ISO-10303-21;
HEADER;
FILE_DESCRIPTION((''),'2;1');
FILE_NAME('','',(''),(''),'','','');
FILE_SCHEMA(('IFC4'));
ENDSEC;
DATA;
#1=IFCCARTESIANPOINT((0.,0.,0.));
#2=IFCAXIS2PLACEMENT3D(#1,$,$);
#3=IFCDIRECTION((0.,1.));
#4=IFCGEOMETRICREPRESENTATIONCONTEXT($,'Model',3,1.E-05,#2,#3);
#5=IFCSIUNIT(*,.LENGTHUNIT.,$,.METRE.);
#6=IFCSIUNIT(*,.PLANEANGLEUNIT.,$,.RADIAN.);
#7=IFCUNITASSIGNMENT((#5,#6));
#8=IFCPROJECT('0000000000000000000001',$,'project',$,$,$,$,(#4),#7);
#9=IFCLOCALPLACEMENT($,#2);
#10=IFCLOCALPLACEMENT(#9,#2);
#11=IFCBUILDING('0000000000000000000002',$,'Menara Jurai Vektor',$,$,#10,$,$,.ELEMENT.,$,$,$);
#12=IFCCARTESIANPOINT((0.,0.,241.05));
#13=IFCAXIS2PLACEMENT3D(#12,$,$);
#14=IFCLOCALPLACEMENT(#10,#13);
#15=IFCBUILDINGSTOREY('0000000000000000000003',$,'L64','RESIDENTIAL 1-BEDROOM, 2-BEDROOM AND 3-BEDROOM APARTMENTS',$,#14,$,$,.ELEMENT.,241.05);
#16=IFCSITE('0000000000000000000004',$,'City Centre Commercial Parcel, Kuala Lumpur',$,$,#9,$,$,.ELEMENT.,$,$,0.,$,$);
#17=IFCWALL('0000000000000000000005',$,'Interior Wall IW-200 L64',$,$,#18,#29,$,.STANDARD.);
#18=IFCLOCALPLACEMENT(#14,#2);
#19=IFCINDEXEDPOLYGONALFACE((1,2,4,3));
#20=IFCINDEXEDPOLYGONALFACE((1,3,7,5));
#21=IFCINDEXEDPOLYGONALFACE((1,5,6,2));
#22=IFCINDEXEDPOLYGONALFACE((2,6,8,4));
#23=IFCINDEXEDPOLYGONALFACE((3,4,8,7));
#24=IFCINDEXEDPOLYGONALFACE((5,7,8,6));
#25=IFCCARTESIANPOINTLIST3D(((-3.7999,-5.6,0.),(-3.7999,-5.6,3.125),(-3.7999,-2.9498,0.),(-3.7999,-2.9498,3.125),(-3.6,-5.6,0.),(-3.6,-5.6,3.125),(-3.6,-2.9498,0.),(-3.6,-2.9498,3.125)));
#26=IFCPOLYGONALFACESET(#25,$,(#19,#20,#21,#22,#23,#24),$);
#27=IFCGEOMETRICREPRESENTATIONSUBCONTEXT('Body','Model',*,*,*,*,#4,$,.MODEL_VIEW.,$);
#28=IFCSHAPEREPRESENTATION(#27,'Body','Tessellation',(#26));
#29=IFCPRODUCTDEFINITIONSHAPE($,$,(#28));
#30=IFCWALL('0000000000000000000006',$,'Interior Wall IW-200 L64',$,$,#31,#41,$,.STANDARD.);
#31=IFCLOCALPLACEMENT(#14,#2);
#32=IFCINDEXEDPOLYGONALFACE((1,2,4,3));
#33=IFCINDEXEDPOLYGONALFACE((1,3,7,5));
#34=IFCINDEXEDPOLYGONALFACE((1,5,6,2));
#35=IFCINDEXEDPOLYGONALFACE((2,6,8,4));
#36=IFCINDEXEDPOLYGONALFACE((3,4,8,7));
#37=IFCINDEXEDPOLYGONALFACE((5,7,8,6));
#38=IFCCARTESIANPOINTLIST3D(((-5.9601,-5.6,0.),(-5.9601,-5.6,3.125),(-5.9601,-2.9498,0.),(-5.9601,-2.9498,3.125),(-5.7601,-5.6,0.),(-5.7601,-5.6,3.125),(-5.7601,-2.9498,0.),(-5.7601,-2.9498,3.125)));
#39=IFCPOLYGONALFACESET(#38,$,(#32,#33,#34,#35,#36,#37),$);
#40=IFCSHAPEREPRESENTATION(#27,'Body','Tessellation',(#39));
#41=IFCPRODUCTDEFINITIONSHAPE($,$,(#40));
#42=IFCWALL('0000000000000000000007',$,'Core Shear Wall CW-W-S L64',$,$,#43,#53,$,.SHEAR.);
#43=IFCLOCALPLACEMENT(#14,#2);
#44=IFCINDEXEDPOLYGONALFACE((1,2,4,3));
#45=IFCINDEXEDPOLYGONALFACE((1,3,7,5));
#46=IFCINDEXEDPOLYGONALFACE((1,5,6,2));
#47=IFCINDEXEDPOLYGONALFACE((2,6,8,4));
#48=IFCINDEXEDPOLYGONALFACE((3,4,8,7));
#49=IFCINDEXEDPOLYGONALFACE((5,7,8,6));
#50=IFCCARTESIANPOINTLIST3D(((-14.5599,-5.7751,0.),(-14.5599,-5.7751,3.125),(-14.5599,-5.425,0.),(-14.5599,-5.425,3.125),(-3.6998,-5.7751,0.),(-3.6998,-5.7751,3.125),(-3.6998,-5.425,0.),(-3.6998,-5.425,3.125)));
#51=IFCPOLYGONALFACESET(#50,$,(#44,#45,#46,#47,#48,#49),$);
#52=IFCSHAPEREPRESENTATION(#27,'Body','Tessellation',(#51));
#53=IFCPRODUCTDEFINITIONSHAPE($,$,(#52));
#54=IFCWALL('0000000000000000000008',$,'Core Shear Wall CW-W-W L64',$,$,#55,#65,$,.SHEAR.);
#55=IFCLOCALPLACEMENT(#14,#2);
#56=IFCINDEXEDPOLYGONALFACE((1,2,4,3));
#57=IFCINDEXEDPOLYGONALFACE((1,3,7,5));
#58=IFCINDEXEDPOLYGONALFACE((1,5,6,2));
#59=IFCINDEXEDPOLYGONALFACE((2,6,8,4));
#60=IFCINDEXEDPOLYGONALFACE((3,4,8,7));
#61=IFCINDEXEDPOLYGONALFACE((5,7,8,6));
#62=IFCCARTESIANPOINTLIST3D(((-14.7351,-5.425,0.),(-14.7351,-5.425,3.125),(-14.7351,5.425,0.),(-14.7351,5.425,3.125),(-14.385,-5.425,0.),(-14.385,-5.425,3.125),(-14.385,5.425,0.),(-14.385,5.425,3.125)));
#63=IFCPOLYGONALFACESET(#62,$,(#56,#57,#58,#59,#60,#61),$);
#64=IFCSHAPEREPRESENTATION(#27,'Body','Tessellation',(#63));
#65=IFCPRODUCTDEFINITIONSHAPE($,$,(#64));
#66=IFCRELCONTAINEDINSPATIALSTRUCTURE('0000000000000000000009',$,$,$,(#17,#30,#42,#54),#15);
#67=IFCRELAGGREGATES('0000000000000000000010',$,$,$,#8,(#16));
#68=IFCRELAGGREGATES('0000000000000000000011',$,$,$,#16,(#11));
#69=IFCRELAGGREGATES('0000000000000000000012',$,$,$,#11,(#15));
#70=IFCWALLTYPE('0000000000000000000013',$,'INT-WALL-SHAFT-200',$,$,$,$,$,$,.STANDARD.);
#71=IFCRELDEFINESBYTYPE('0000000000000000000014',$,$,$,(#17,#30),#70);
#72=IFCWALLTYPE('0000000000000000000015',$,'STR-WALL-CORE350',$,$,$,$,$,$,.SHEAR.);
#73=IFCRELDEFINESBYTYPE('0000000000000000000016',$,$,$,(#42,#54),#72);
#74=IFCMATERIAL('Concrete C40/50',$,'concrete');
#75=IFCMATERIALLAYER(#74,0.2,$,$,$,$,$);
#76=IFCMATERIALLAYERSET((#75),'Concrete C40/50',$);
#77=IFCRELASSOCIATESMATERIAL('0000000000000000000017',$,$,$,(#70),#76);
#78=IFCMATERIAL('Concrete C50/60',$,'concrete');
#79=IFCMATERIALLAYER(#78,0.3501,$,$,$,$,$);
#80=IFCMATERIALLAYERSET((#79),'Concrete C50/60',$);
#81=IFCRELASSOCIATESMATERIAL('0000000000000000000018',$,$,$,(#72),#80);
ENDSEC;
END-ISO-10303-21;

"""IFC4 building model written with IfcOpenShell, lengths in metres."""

from ifc_helpers import new_model, si_unit, direction, frame, frame_2d, origin, place, context, subcontext, project, spatial, rectangle, extrude, material, layer, layer_set, type_object, element, save


model = new_model("IFC4")

# Units and contexts
model_context = context("Model", 3, precision=1e-05, world=origin(), true_north=direction((0.0, 1.0)))
body_context = subcontext(model_context, "Body", "Model", "MODEL_VIEW")
ifc_project = project(units=[si_unit("LENGTHUNIT", "METRE"), si_unit("PLANEANGLEUNIT", "RADIAN")], contexts=[model_context])

# Site, building, storey
site_placement = place(None, origin())
site = spatial("IfcSite", under=ifc_project, at=site_placement, Name="City Centre Commercial Parcel, Kuala Lumpur", CompositionType="ELEMENT", RefElevation=0.0)
building_placement = place(site_placement, origin())
building = spatial("IfcBuilding", under=site, at=building_placement, Name="Menara Jurai Vektor", CompositionType="ELEMENT")
storey_placement = place(building_placement, frame((0.0, 0.0, 241.05)))
storey = spatial("IfcBuildingStorey", under=building, at=storey_placement, Name="L64", Description="RESIDENTIAL 1-BEDROOM, 2-BEDROOM AND 3-BEDROOM APARTMENTS", CompositionType="ELEMENT", Elevation=241.05)

# Shared definitions
ifc_material_1 = material(Name="Concrete C50/60", Category="concrete")

# Wall
ifc_material_2 = material(Name="Concrete C40/50", Category="concrete")
ifc_layer_1 = layer(ifc_material_2, 0.2)
ifc_layer_set_1 = layer_set([ifc_layer_1], Name="Concrete C40/50")
wall_type_1 = type_object("IfcWallType", Name="INT-WALL-SHAFT-200", PredefinedType="STANDARD", material=ifc_layer_set_1)
wall_1_placement = place(storey_placement, frame((-3.7, -5.6001, 0.0), z_axis=(0.0, 0.0, 1.0), x_axis=(0.0, 1.0, 0.0)))
element("IfcWall", 1, at=wall_1_placement, inside=storey, type_object=wall_type_1, Name="Interior Wall IW-200 L64", PredefinedType="STANDARD", context=body_context, shape_type="SweptSolid", body=[
    extrude(rectangle(XDim=2.6501, YDim=0.2, at=frame_2d((1.3252, 0.0))), origin(), (0.0, 0.0, 1.0), 3.125),
])

# Walls
wall_2_placement = place(storey_placement, frame((-5.8601, -5.6001, 0.0), z_axis=(0.0, 0.0, 1.0), x_axis=(0.0, 1.0, 0.0)))
element("IfcWall", 2, at=wall_2_placement, inside=storey, type_object=wall_type_1, Name="Interior Wall IW-200 L64", PredefinedType="STANDARD", context=body_context, shape_type="SweptSolid", body=[
    extrude(rectangle(XDim=2.6501, YDim=0.2, at=frame_2d((1.3252, 0.0))), origin(), (0.0, 0.0, 1.0), 3.125),
])
ifc_layer_2 = layer(ifc_material_1, 0.3501)
ifc_layer_set_2 = layer_set([ifc_layer_2], Name="Concrete C50/60")
wall_type_2 = type_object("IfcWallType", Name="STR-WALL-CORE350", PredefinedType="SHEAR", material=ifc_layer_set_2)
wall_3_placement = place(storey_placement, frame((-14.5601, -5.6001, 0.0), z_axis=(0.0, 0.0, 1.0), x_axis=(1.0, 0.0, 0.0)))
element("IfcWall", 3, at=wall_3_placement, inside=storey, type_object=wall_type_2, Name="Core Shear Wall CW-W-S L64", PredefinedType="SHEAR", context=body_context, shape_type="SweptSolid", body=[
    extrude(rectangle(XDim=10.8601, YDim=0.3501, at=frame_2d((5.4302, 0.0))), origin(), (0.0, 0.0, 1.0), 3.125),
])
wall_4_placement = place(storey_placement, frame((-14.5601, -5.425, 0.0), z_axis=(0.0, 0.0, 1.0), x_axis=(0.0, 1.0, 0.0)))
element("IfcWall", 4, at=wall_4_placement, inside=storey, type_object=wall_type_2, Name="Core Shear Wall CW-W-W L64", PredefinedType="SHEAR", context=body_context, shape_type="SweptSolid", body=[
    extrude(rectangle(XDim=10.8501, YDim=0.3501, at=frame_2d((5.425, 0.0))), origin(), (0.0, 0.0, 1.0), 3.125),
])

save(model, "model.ifc")
